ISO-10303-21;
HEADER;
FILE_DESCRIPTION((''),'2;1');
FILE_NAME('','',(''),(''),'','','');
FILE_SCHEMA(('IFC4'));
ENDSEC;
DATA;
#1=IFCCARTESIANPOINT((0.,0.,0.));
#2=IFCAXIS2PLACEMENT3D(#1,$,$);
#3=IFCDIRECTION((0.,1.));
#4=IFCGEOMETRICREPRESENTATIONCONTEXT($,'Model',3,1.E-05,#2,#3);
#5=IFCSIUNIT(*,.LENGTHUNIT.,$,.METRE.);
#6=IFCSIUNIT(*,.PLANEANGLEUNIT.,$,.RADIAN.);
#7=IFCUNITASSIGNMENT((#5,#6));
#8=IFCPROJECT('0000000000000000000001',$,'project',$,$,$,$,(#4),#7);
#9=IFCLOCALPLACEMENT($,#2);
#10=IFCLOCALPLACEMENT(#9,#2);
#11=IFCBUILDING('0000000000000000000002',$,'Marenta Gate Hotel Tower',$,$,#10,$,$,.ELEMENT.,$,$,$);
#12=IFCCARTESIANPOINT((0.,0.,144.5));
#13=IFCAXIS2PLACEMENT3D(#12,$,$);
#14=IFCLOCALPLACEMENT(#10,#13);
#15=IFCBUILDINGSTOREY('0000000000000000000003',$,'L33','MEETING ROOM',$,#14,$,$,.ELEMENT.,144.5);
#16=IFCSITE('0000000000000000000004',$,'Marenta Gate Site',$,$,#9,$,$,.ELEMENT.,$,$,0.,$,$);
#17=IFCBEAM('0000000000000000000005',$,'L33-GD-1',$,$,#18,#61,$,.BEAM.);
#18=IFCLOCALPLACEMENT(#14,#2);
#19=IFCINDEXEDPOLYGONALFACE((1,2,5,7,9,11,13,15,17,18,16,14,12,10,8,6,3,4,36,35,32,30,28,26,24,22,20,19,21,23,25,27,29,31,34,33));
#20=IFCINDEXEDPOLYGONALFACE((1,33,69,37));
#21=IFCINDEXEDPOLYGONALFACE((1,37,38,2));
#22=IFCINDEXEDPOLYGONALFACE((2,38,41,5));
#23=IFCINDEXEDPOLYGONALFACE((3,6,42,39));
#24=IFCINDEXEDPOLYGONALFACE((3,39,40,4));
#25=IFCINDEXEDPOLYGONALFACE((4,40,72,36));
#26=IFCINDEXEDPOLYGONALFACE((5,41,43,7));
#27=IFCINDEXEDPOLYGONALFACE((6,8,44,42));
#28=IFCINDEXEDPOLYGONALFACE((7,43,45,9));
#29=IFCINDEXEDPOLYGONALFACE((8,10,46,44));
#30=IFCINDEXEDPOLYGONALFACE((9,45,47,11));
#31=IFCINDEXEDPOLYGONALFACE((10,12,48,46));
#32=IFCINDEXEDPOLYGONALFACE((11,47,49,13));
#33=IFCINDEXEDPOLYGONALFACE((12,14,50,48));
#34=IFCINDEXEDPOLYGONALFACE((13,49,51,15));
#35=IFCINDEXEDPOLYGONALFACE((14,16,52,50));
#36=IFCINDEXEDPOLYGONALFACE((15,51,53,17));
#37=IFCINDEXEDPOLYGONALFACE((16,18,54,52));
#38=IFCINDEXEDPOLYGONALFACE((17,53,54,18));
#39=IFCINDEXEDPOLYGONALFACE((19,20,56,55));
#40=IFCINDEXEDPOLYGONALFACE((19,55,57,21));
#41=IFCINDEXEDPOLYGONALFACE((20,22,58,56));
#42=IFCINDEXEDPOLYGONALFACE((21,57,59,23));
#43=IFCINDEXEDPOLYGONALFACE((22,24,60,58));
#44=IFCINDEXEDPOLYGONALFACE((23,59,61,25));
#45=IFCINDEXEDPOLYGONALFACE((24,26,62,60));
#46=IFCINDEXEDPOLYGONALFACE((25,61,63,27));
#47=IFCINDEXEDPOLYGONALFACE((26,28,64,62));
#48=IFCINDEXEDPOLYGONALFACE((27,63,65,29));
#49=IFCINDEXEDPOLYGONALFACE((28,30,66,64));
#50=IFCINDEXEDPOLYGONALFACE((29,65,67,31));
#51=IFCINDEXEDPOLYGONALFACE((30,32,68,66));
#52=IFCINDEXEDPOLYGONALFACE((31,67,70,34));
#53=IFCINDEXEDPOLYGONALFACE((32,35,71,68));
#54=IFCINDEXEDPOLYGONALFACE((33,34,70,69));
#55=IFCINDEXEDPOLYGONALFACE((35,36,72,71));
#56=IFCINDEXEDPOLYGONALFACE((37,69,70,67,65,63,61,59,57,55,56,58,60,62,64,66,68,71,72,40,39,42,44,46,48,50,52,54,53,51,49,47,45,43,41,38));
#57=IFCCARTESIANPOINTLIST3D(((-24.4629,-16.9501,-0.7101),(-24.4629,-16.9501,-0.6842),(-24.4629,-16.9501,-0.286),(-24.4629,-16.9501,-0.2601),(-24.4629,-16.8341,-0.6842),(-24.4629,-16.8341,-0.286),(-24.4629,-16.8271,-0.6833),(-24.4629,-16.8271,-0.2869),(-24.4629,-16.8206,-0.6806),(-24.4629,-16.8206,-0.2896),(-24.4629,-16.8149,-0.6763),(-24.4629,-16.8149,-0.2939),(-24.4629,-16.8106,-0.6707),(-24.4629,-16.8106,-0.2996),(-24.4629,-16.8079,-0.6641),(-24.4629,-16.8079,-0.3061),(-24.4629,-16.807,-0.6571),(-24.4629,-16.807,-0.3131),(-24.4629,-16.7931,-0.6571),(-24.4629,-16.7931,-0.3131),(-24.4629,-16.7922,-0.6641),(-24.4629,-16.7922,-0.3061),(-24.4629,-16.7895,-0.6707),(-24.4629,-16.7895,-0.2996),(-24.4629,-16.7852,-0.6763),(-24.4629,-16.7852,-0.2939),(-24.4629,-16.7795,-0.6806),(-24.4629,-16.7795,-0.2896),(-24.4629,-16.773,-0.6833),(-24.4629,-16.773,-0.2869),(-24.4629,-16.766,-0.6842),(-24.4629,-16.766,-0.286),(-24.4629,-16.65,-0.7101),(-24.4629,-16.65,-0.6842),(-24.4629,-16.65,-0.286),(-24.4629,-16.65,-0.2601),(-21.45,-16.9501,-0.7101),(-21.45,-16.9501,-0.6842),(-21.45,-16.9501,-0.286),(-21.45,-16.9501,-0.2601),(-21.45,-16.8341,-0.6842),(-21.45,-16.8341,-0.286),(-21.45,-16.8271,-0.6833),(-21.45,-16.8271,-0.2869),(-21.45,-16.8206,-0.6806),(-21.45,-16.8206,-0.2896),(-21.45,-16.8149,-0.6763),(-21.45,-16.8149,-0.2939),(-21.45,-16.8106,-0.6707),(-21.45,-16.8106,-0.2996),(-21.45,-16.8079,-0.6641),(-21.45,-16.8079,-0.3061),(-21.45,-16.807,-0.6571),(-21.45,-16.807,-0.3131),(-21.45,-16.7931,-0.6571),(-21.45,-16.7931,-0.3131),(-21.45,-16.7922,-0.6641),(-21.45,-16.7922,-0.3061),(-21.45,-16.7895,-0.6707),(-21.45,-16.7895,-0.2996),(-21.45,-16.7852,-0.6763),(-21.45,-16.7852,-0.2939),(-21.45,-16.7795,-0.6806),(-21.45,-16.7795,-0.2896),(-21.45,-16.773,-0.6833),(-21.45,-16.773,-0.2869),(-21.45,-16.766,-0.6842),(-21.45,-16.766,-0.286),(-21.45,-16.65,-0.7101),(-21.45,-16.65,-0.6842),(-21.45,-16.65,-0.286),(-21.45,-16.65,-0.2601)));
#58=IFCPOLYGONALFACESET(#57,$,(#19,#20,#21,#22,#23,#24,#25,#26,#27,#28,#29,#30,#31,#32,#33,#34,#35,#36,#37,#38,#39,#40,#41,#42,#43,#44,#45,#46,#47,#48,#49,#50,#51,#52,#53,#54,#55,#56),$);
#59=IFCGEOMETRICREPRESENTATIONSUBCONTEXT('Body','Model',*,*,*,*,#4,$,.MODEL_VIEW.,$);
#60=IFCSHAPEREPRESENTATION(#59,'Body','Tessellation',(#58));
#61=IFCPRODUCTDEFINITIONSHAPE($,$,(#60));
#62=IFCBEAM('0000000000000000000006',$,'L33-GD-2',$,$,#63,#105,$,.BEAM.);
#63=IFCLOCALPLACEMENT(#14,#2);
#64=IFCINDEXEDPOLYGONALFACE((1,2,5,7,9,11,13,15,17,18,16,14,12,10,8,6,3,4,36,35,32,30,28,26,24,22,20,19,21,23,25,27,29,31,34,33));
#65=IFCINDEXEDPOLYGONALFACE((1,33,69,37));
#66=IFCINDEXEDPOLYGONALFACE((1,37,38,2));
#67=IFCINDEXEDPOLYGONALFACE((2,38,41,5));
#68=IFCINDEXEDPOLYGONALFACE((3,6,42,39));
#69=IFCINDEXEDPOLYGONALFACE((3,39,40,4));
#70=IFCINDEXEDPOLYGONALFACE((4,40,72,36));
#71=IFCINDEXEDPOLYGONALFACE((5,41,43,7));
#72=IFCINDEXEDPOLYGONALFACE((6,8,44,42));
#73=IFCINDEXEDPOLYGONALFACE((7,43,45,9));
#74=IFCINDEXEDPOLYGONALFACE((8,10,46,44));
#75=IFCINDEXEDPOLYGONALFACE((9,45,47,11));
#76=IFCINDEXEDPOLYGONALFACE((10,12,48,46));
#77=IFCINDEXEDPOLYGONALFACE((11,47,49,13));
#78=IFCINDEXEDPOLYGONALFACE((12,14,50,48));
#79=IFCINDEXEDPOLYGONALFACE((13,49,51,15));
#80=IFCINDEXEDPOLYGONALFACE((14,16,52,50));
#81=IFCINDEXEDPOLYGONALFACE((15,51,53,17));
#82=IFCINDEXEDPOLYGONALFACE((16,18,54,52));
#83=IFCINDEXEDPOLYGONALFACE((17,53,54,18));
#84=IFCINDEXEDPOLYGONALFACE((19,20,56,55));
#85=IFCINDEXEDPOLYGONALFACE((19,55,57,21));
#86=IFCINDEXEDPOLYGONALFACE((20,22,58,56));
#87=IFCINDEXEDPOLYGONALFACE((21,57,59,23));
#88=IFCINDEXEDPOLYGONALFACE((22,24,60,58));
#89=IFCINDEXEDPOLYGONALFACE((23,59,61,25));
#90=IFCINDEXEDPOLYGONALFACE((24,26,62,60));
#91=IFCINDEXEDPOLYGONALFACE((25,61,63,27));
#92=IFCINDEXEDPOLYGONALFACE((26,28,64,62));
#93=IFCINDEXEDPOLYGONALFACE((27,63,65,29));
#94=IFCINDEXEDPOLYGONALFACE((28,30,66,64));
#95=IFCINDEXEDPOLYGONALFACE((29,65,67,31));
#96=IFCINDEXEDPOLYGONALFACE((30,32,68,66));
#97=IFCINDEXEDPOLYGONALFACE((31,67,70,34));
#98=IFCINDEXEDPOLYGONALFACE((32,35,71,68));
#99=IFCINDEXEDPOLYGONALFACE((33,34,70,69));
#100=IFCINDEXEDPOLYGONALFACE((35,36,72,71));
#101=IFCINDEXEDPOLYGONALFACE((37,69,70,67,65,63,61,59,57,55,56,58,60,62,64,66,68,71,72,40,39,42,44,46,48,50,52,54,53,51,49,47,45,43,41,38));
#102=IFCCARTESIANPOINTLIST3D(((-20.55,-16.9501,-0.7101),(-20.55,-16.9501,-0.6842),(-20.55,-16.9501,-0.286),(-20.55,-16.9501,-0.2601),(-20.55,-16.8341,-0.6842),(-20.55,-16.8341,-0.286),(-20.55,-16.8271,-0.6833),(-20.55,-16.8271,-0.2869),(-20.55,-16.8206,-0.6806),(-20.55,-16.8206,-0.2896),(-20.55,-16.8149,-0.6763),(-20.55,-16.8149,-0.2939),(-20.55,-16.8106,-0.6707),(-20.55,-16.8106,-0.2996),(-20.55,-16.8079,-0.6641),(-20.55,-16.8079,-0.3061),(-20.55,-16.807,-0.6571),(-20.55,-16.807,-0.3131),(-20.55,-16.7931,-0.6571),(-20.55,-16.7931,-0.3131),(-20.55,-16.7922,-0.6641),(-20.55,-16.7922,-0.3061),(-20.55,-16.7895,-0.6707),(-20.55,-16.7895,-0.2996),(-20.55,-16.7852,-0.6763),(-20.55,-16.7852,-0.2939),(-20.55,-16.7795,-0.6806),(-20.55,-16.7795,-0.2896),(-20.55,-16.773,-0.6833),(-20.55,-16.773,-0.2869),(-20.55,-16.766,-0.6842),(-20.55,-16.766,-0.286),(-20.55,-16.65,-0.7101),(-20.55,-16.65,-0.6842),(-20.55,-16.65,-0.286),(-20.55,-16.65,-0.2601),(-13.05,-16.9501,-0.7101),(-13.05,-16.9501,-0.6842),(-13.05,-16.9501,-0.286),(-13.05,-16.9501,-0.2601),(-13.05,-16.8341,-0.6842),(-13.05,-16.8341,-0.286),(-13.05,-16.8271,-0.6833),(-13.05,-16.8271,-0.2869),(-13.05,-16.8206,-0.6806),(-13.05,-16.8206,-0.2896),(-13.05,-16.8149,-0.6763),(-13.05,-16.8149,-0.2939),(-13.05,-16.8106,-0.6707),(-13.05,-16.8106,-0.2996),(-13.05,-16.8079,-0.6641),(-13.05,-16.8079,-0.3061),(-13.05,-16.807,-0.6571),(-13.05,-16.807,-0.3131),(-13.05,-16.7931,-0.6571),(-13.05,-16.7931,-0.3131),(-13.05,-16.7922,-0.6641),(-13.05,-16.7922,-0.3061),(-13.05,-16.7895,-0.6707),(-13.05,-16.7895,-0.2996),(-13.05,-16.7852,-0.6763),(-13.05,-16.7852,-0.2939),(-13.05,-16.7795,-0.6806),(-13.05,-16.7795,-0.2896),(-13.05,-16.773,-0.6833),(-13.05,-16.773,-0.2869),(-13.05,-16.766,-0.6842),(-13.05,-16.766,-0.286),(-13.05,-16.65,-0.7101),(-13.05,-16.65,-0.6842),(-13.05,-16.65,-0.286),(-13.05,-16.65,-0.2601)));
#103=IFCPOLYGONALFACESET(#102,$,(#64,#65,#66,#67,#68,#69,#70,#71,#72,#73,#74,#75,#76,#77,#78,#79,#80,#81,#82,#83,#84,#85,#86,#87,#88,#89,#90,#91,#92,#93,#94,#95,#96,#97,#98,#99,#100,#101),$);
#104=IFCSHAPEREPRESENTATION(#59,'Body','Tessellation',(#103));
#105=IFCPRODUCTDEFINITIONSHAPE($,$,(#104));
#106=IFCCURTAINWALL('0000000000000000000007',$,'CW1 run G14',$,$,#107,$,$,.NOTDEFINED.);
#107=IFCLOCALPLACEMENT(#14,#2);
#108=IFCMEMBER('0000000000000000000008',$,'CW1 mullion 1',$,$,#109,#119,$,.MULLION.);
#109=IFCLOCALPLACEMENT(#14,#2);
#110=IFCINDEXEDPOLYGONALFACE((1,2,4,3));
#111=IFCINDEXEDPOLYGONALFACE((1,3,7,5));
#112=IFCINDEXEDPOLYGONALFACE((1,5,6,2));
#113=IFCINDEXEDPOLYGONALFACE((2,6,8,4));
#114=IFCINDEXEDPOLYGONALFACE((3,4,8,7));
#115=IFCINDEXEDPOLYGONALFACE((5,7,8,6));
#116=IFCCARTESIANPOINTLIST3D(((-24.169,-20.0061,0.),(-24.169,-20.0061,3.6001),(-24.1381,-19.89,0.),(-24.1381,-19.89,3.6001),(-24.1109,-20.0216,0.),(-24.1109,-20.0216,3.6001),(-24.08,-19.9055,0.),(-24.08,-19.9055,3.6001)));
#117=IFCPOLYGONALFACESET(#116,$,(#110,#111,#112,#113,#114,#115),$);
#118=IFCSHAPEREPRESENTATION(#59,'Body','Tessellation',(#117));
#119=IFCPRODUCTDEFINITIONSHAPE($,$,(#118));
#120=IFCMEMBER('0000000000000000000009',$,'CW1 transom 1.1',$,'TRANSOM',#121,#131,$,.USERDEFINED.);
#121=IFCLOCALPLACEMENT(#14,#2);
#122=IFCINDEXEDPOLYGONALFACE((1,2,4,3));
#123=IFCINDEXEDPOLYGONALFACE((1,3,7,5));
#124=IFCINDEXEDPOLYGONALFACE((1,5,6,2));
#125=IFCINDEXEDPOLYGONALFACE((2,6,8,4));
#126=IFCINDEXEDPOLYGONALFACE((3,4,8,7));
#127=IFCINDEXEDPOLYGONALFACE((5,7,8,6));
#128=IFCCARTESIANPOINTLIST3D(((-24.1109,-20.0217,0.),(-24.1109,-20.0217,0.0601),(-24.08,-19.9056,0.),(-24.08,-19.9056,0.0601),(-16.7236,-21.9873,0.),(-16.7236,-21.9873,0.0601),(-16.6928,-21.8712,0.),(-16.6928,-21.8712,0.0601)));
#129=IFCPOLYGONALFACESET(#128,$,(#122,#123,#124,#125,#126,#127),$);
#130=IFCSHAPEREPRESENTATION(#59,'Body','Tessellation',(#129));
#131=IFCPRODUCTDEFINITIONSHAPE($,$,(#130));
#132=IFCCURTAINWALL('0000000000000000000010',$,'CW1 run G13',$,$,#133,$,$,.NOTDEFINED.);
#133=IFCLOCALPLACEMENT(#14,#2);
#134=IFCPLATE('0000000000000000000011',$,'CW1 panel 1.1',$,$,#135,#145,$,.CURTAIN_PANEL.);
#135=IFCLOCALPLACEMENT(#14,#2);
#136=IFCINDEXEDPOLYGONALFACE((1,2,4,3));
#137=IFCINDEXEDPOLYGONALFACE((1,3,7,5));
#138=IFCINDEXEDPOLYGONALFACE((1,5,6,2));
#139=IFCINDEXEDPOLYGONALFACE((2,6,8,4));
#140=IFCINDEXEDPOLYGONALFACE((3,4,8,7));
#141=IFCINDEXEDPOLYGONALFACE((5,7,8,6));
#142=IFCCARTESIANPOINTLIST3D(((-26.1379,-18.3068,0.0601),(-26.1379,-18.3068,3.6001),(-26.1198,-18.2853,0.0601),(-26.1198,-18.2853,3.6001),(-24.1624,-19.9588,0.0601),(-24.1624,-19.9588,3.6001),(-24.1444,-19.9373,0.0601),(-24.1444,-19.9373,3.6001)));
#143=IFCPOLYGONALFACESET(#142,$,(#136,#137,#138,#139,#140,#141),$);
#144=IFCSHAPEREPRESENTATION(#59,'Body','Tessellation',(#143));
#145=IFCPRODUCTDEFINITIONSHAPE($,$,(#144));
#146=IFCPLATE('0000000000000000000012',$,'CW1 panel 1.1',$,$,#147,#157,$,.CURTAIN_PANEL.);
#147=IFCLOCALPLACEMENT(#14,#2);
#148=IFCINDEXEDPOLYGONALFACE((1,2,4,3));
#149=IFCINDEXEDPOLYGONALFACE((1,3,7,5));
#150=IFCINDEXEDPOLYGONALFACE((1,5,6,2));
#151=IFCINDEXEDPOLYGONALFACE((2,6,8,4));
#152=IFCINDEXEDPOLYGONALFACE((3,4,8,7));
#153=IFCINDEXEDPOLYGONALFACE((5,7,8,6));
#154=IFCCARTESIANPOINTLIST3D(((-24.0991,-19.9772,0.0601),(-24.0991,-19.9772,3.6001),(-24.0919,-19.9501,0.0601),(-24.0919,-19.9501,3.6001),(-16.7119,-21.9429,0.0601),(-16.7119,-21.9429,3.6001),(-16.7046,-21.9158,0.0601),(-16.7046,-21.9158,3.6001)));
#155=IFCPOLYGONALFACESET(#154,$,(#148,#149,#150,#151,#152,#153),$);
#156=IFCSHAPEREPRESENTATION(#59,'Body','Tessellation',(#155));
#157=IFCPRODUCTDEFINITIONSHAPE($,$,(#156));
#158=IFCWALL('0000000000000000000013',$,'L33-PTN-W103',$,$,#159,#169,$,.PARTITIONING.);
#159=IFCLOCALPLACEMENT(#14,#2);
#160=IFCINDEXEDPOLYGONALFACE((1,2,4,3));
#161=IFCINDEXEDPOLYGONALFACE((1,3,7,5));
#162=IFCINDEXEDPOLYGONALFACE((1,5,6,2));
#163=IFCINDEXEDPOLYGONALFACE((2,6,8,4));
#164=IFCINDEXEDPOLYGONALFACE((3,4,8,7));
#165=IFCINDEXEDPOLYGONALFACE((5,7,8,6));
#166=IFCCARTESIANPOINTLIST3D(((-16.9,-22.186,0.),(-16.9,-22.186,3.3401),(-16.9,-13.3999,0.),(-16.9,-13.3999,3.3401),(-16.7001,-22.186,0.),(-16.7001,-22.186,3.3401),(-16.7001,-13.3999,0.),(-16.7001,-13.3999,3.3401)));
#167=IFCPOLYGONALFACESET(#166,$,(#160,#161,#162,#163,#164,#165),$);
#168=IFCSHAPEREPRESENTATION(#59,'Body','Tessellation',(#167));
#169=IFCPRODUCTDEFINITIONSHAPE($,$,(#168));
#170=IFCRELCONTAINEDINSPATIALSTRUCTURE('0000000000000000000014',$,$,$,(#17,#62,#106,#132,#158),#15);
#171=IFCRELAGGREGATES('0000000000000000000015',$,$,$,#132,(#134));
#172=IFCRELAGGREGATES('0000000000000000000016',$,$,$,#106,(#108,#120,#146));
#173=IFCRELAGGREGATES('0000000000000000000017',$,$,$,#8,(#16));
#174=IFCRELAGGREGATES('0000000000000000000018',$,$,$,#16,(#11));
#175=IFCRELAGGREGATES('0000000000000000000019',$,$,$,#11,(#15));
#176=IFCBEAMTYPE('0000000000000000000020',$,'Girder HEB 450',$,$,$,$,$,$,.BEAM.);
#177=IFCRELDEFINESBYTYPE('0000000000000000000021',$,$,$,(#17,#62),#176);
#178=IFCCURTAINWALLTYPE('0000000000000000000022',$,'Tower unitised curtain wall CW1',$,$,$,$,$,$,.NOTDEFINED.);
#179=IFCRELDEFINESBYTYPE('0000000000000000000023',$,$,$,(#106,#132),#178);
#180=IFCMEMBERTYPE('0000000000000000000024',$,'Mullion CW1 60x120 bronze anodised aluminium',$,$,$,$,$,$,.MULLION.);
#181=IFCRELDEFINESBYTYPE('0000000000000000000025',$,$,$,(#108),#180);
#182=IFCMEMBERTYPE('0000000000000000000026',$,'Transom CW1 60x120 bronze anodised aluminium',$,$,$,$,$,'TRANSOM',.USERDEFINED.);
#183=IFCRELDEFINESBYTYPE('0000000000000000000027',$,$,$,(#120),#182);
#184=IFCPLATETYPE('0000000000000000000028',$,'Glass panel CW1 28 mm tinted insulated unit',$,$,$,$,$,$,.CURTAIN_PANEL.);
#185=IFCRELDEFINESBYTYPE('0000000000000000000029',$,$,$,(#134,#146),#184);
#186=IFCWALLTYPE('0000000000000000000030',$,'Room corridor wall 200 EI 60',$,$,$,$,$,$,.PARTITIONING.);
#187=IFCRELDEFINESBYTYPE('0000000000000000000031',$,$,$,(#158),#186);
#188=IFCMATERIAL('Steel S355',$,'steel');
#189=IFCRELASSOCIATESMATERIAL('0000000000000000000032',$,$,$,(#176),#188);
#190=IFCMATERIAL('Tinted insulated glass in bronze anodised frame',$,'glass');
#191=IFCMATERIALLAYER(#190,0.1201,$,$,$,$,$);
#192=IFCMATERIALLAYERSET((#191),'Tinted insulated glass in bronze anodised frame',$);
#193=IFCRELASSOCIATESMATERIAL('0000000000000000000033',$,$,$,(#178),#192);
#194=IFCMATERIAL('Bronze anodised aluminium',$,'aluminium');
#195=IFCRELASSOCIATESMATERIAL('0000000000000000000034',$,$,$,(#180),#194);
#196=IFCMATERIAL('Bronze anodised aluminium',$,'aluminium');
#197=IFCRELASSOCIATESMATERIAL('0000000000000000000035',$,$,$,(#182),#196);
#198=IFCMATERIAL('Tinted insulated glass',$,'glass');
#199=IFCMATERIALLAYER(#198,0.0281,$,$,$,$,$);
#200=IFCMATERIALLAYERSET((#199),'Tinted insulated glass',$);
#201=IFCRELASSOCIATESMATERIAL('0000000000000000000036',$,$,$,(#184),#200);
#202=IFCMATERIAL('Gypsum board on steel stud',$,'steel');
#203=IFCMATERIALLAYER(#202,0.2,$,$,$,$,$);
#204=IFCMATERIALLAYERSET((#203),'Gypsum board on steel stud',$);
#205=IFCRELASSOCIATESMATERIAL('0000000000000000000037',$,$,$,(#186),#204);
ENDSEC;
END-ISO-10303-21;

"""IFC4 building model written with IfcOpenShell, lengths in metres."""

from ifc_helpers import new_model, si_unit, direction, frame, frame_2d, origin, origin_2d, place, context, subcontext, project, spatial, rectangle, i_section, extrude, material, layer, layer_set, material_profile, profile_set, type_object, element, aggregate, save


model = new_model("IFC4")

# Units and contexts
model_context = context("Model", 3, precision=1e-05, world=origin(), true_north=direction((0.0, 1.0)))
body_context = subcontext(model_context, "Body", "Model", "MODEL_VIEW")
ifc_project = project(units=[si_unit("LENGTHUNIT", "METRE"), si_unit("PLANEANGLEUNIT", "RADIAN")], contexts=[model_context])

# Site, building, storey
site_placement = place(None, origin())
site = spatial("IfcSite", under=ifc_project, at=site_placement, Name="Marenta Gate Site", CompositionType="ELEMENT", RefElevation=0.0)
building_placement = place(site_placement, origin())
building = spatial("IfcBuilding", under=site, at=building_placement, Name="Marenta Gate Hotel Tower", CompositionType="ELEMENT")
storey_placement = place(building_placement, frame((0.0, 0.0, 144.5)))
storey = spatial("IfcBuildingStorey", under=building, at=storey_placement, Name="L33", Description="MEETING ROOM", CompositionType="ELEMENT", Elevation=144.5)

# Beams
ifc_material_1 = material(Name="Steel S355", Category="steel")
ifc_material_profile_1 = material_profile(ifc_material_1, i_section(OverallWidth=0.3, OverallDepth=0.45, WebThickness=0.0139, FlangeThickness=0.0259, FilletRadius=0.0271, at=origin_2d()), Name="HEB 450")
ifc_profile_set_1 = profile_set([ifc_material_profile_1], Name="Steel S355")
beam_type_1 = type_object("IfcBeamType", Name="Girder HEB 450", PredefinedType="BEAM", material=ifc_profile_set_1)
beam_1_placement = place(storey_placement, frame((-24.4629, -16.8, -0.4851), z_axis=(1.0, 0.0, 0.0), x_axis=(0.0, 1.0, 0.0)))
element("IfcBeam", 1, at=beam_1_placement, inside=storey, type_object=beam_type_1, Name="L33-GD-1", PredefinedType="BEAM", context=body_context, shape_type="SweptSolid", body=[
    extrude(i_section(OverallWidth=0.3, OverallDepth=0.45, WebThickness=0.0139, FlangeThickness=0.0259, FilletRadius=0.0271, at=origin_2d()), origin(), (0.0, 0.0, 1.0), 3.0129),
])
beam_2_placement = place(storey_placement, frame((-20.55, -16.8, -0.4851), z_axis=(1.0, 0.0, 0.0), x_axis=(0.0, 1.0, 0.0)))
element("IfcBeam", 2, at=beam_2_placement, inside=storey, type_object=beam_type_1, Name="L33-GD-2", PredefinedType="BEAM", context=body_context, shape_type="SweptSolid", body=[
    extrude(i_section(OverallWidth=0.3, OverallDepth=0.45, WebThickness=0.0139, FlangeThickness=0.0259, FilletRadius=0.0271, at=origin_2d()), origin(), (0.0, 0.0, 1.0), 7.5),
])

# Curtain wall, members
ifc_material_2 = material(Name="Tinted insulated glass in bronze anodised frame", Category="glass")
ifc_layer_1 = layer(ifc_material_2, 0.1201)
ifc_layer_set_1 = layer_set([ifc_layer_1], Name="Tinted insulated glass in bronze anodised frame")
curtain_wall_type = type_object("IfcCurtainWallType", Name="Tower unitised curtain wall CW1", PredefinedType="NOTDEFINED", material=ifc_layer_set_1)
curtain_wall_1_placement = place(storey_placement, origin())
curtain_wall_1 = element("IfcCurtainWall", 3, at=curtain_wall_1_placement, inside=storey, type_object=curtain_wall_type, Name="CW1 run G14", PredefinedType="NOTDEFINED")
ifc_material_3 = material(Name="Bronze anodised aluminium", Category="aluminium")
ifc_material_profile_2 = material_profile(ifc_material_3, rectangle(XDim=0.1201, YDim=0.0601, at=origin_2d()), Name="Mullion CW1 60x120 bronze anodised aluminium")
ifc_profile_set_2 = profile_set([ifc_material_profile_2], Name="Bronze anodised aluminium")
member_type_1 = type_object("IfcMemberType", Name="Mullion CW1 60x120 bronze anodised aluminium", PredefinedType="MULLION", material=ifc_profile_set_2)
member_1_placement = place(storey_placement, frame((-24.1245, -19.9558, 0.0), z_axis=(0.0, 0.0, 1.0), x_axis=(0.257146, 0.966372, 0.0)))
member_1 = element("IfcMember", 4, at=member_1_placement, type_object=member_type_1, Name="CW1 mullion 1", PredefinedType="MULLION", context=body_context, shape_type="SweptSolid", body=[
    extrude(rectangle(XDim=0.1201, YDim=0.0601, at=origin_2d()), origin(), (0.0, 0.0, 1.0), 3.6001),
])
ifc_material_4 = material(Name="Bronze anodised aluminium", Category="aluminium")
ifc_material_profile_3 = material_profile(ifc_material_4, rectangle(XDim=0.1201, YDim=0.0601, at=origin_2d()), Name="Transom CW1 60x120 bronze anodised aluminium")
ifc_profile_set_3 = profile_set([ifc_material_profile_3], Name="Bronze anodised aluminium")
member_type_2 = type_object("IfcMemberType", Name="Transom CW1 60x120 bronze anodised aluminium", ElementType="TRANSOM", PredefinedType="USERDEFINED", material=ifc_profile_set_3)
member_2_placement = place(storey_placement, frame((-24.0955, -19.9636, 0.03), z_axis=(0.966376, -0.257132, 0.0), x_axis=(0.257132, 0.966376, 0.0)))
member_2 = element("IfcMember", 5, at=member_2_placement, type_object=member_type_2, Name="CW1 transom 1.1", ObjectType="TRANSOM", PredefinedType="USERDEFINED", context=body_context, shape_type="SweptSolid", body=[
    extrude(rectangle(XDim=0.1201, YDim=0.0601, at=origin_2d()), origin(), (0.0, 0.0, 1.0), 7.6443),
])

# Curtain wall, plate
curtain_wall_2_placement = place(storey_placement, origin())
curtain_wall_2 = element("IfcCurtainWall", 6, at=curtain_wall_2_placement, inside=storey, type_object=curtain_wall_type, Name="CW1 run G13", PredefinedType="NOTDEFINED")
ifc_material_5 = material(Name="Tinted insulated glass", Category="glass")
ifc_layer_2 = layer(ifc_material_5, 0.0281)
ifc_layer_set_2 = layer_set([ifc_layer_2], Name="Tinted insulated glass")
plate_type = type_object("IfcPlateType", Name="Glass panel CW1 28 mm tinted insulated unit", PredefinedType="CURTAIN_PANEL", material=ifc_layer_set_2)
plate_1_placement = place(storey_placement, frame((-25.1411, -19.1221, 0.0601), z_axis=(0.0, 0.0, 1.0), x_axis=(0.767113, -0.641512, 0.0)))
plate_1 = element("IfcPlate", 7, at=plate_1_placement, type_object=plate_type, Name="CW1 panel 1.1", PredefinedType="CURTAIN_PANEL", context=body_context, shape_type="SweptSolid", body=[
    extrude(rectangle(XDim=2.5752, YDim=0.0281, at=origin_2d()), origin(), (0.0, 0.0, 1.0), 3.54),
])
aggregate(curtain_wall_2, [plate_1])

# Plate
plate_2_placement = place(storey_placement, frame((-20.4019, -20.9465, 0.0601), z_axis=(0.0, 0.0, 1.0), x_axis=(0.966372, -0.257146, 0.0)))
plate_2 = element("IfcPlate", 8, at=plate_2_placement, type_object=plate_type, Name="CW1 panel 1.1", PredefinedType="CURTAIN_PANEL", context=body_context, shape_type="SweptSolid", body=[
    extrude(rectangle(XDim=7.6443, YDim=0.0281, at=origin_2d()), origin(), (0.0, 0.0, 1.0), 3.54),
])
aggregate(curtain_wall_1, [member_1, member_2, plate_2])

# Wall
ifc_material_6 = material(Name="Gypsum board on steel stud", Category="steel")
ifc_layer_3 = layer(ifc_material_6, 0.2)
ifc_layer_set_3 = layer_set([ifc_layer_3], Name="Gypsum board on steel stud")
wall_type_1 = type_object("IfcWallType", Name="Room corridor wall 200 EI 60", PredefinedType="PARTITIONING", material=ifc_layer_set_3)
wall_1_placement = place(storey_placement, frame((-16.8, -22.186, 0.0), z_axis=(0.0, 0.0, 1.0), x_axis=(0.0, 1.0, 0.0)))
element("IfcWall", 9, at=wall_1_placement, inside=storey, type_object=wall_type_1, Name="L33-PTN-W103", PredefinedType="PARTITIONING", context=body_context, shape_type="SweptSolid", body=[
    extrude(rectangle(XDim=8.7861, YDim=0.2, at=frame_2d((4.3931, 0.0))), origin(), (0.0, 0.0, 1.0), 3.3401),
])

save(model, "model.ifc")
